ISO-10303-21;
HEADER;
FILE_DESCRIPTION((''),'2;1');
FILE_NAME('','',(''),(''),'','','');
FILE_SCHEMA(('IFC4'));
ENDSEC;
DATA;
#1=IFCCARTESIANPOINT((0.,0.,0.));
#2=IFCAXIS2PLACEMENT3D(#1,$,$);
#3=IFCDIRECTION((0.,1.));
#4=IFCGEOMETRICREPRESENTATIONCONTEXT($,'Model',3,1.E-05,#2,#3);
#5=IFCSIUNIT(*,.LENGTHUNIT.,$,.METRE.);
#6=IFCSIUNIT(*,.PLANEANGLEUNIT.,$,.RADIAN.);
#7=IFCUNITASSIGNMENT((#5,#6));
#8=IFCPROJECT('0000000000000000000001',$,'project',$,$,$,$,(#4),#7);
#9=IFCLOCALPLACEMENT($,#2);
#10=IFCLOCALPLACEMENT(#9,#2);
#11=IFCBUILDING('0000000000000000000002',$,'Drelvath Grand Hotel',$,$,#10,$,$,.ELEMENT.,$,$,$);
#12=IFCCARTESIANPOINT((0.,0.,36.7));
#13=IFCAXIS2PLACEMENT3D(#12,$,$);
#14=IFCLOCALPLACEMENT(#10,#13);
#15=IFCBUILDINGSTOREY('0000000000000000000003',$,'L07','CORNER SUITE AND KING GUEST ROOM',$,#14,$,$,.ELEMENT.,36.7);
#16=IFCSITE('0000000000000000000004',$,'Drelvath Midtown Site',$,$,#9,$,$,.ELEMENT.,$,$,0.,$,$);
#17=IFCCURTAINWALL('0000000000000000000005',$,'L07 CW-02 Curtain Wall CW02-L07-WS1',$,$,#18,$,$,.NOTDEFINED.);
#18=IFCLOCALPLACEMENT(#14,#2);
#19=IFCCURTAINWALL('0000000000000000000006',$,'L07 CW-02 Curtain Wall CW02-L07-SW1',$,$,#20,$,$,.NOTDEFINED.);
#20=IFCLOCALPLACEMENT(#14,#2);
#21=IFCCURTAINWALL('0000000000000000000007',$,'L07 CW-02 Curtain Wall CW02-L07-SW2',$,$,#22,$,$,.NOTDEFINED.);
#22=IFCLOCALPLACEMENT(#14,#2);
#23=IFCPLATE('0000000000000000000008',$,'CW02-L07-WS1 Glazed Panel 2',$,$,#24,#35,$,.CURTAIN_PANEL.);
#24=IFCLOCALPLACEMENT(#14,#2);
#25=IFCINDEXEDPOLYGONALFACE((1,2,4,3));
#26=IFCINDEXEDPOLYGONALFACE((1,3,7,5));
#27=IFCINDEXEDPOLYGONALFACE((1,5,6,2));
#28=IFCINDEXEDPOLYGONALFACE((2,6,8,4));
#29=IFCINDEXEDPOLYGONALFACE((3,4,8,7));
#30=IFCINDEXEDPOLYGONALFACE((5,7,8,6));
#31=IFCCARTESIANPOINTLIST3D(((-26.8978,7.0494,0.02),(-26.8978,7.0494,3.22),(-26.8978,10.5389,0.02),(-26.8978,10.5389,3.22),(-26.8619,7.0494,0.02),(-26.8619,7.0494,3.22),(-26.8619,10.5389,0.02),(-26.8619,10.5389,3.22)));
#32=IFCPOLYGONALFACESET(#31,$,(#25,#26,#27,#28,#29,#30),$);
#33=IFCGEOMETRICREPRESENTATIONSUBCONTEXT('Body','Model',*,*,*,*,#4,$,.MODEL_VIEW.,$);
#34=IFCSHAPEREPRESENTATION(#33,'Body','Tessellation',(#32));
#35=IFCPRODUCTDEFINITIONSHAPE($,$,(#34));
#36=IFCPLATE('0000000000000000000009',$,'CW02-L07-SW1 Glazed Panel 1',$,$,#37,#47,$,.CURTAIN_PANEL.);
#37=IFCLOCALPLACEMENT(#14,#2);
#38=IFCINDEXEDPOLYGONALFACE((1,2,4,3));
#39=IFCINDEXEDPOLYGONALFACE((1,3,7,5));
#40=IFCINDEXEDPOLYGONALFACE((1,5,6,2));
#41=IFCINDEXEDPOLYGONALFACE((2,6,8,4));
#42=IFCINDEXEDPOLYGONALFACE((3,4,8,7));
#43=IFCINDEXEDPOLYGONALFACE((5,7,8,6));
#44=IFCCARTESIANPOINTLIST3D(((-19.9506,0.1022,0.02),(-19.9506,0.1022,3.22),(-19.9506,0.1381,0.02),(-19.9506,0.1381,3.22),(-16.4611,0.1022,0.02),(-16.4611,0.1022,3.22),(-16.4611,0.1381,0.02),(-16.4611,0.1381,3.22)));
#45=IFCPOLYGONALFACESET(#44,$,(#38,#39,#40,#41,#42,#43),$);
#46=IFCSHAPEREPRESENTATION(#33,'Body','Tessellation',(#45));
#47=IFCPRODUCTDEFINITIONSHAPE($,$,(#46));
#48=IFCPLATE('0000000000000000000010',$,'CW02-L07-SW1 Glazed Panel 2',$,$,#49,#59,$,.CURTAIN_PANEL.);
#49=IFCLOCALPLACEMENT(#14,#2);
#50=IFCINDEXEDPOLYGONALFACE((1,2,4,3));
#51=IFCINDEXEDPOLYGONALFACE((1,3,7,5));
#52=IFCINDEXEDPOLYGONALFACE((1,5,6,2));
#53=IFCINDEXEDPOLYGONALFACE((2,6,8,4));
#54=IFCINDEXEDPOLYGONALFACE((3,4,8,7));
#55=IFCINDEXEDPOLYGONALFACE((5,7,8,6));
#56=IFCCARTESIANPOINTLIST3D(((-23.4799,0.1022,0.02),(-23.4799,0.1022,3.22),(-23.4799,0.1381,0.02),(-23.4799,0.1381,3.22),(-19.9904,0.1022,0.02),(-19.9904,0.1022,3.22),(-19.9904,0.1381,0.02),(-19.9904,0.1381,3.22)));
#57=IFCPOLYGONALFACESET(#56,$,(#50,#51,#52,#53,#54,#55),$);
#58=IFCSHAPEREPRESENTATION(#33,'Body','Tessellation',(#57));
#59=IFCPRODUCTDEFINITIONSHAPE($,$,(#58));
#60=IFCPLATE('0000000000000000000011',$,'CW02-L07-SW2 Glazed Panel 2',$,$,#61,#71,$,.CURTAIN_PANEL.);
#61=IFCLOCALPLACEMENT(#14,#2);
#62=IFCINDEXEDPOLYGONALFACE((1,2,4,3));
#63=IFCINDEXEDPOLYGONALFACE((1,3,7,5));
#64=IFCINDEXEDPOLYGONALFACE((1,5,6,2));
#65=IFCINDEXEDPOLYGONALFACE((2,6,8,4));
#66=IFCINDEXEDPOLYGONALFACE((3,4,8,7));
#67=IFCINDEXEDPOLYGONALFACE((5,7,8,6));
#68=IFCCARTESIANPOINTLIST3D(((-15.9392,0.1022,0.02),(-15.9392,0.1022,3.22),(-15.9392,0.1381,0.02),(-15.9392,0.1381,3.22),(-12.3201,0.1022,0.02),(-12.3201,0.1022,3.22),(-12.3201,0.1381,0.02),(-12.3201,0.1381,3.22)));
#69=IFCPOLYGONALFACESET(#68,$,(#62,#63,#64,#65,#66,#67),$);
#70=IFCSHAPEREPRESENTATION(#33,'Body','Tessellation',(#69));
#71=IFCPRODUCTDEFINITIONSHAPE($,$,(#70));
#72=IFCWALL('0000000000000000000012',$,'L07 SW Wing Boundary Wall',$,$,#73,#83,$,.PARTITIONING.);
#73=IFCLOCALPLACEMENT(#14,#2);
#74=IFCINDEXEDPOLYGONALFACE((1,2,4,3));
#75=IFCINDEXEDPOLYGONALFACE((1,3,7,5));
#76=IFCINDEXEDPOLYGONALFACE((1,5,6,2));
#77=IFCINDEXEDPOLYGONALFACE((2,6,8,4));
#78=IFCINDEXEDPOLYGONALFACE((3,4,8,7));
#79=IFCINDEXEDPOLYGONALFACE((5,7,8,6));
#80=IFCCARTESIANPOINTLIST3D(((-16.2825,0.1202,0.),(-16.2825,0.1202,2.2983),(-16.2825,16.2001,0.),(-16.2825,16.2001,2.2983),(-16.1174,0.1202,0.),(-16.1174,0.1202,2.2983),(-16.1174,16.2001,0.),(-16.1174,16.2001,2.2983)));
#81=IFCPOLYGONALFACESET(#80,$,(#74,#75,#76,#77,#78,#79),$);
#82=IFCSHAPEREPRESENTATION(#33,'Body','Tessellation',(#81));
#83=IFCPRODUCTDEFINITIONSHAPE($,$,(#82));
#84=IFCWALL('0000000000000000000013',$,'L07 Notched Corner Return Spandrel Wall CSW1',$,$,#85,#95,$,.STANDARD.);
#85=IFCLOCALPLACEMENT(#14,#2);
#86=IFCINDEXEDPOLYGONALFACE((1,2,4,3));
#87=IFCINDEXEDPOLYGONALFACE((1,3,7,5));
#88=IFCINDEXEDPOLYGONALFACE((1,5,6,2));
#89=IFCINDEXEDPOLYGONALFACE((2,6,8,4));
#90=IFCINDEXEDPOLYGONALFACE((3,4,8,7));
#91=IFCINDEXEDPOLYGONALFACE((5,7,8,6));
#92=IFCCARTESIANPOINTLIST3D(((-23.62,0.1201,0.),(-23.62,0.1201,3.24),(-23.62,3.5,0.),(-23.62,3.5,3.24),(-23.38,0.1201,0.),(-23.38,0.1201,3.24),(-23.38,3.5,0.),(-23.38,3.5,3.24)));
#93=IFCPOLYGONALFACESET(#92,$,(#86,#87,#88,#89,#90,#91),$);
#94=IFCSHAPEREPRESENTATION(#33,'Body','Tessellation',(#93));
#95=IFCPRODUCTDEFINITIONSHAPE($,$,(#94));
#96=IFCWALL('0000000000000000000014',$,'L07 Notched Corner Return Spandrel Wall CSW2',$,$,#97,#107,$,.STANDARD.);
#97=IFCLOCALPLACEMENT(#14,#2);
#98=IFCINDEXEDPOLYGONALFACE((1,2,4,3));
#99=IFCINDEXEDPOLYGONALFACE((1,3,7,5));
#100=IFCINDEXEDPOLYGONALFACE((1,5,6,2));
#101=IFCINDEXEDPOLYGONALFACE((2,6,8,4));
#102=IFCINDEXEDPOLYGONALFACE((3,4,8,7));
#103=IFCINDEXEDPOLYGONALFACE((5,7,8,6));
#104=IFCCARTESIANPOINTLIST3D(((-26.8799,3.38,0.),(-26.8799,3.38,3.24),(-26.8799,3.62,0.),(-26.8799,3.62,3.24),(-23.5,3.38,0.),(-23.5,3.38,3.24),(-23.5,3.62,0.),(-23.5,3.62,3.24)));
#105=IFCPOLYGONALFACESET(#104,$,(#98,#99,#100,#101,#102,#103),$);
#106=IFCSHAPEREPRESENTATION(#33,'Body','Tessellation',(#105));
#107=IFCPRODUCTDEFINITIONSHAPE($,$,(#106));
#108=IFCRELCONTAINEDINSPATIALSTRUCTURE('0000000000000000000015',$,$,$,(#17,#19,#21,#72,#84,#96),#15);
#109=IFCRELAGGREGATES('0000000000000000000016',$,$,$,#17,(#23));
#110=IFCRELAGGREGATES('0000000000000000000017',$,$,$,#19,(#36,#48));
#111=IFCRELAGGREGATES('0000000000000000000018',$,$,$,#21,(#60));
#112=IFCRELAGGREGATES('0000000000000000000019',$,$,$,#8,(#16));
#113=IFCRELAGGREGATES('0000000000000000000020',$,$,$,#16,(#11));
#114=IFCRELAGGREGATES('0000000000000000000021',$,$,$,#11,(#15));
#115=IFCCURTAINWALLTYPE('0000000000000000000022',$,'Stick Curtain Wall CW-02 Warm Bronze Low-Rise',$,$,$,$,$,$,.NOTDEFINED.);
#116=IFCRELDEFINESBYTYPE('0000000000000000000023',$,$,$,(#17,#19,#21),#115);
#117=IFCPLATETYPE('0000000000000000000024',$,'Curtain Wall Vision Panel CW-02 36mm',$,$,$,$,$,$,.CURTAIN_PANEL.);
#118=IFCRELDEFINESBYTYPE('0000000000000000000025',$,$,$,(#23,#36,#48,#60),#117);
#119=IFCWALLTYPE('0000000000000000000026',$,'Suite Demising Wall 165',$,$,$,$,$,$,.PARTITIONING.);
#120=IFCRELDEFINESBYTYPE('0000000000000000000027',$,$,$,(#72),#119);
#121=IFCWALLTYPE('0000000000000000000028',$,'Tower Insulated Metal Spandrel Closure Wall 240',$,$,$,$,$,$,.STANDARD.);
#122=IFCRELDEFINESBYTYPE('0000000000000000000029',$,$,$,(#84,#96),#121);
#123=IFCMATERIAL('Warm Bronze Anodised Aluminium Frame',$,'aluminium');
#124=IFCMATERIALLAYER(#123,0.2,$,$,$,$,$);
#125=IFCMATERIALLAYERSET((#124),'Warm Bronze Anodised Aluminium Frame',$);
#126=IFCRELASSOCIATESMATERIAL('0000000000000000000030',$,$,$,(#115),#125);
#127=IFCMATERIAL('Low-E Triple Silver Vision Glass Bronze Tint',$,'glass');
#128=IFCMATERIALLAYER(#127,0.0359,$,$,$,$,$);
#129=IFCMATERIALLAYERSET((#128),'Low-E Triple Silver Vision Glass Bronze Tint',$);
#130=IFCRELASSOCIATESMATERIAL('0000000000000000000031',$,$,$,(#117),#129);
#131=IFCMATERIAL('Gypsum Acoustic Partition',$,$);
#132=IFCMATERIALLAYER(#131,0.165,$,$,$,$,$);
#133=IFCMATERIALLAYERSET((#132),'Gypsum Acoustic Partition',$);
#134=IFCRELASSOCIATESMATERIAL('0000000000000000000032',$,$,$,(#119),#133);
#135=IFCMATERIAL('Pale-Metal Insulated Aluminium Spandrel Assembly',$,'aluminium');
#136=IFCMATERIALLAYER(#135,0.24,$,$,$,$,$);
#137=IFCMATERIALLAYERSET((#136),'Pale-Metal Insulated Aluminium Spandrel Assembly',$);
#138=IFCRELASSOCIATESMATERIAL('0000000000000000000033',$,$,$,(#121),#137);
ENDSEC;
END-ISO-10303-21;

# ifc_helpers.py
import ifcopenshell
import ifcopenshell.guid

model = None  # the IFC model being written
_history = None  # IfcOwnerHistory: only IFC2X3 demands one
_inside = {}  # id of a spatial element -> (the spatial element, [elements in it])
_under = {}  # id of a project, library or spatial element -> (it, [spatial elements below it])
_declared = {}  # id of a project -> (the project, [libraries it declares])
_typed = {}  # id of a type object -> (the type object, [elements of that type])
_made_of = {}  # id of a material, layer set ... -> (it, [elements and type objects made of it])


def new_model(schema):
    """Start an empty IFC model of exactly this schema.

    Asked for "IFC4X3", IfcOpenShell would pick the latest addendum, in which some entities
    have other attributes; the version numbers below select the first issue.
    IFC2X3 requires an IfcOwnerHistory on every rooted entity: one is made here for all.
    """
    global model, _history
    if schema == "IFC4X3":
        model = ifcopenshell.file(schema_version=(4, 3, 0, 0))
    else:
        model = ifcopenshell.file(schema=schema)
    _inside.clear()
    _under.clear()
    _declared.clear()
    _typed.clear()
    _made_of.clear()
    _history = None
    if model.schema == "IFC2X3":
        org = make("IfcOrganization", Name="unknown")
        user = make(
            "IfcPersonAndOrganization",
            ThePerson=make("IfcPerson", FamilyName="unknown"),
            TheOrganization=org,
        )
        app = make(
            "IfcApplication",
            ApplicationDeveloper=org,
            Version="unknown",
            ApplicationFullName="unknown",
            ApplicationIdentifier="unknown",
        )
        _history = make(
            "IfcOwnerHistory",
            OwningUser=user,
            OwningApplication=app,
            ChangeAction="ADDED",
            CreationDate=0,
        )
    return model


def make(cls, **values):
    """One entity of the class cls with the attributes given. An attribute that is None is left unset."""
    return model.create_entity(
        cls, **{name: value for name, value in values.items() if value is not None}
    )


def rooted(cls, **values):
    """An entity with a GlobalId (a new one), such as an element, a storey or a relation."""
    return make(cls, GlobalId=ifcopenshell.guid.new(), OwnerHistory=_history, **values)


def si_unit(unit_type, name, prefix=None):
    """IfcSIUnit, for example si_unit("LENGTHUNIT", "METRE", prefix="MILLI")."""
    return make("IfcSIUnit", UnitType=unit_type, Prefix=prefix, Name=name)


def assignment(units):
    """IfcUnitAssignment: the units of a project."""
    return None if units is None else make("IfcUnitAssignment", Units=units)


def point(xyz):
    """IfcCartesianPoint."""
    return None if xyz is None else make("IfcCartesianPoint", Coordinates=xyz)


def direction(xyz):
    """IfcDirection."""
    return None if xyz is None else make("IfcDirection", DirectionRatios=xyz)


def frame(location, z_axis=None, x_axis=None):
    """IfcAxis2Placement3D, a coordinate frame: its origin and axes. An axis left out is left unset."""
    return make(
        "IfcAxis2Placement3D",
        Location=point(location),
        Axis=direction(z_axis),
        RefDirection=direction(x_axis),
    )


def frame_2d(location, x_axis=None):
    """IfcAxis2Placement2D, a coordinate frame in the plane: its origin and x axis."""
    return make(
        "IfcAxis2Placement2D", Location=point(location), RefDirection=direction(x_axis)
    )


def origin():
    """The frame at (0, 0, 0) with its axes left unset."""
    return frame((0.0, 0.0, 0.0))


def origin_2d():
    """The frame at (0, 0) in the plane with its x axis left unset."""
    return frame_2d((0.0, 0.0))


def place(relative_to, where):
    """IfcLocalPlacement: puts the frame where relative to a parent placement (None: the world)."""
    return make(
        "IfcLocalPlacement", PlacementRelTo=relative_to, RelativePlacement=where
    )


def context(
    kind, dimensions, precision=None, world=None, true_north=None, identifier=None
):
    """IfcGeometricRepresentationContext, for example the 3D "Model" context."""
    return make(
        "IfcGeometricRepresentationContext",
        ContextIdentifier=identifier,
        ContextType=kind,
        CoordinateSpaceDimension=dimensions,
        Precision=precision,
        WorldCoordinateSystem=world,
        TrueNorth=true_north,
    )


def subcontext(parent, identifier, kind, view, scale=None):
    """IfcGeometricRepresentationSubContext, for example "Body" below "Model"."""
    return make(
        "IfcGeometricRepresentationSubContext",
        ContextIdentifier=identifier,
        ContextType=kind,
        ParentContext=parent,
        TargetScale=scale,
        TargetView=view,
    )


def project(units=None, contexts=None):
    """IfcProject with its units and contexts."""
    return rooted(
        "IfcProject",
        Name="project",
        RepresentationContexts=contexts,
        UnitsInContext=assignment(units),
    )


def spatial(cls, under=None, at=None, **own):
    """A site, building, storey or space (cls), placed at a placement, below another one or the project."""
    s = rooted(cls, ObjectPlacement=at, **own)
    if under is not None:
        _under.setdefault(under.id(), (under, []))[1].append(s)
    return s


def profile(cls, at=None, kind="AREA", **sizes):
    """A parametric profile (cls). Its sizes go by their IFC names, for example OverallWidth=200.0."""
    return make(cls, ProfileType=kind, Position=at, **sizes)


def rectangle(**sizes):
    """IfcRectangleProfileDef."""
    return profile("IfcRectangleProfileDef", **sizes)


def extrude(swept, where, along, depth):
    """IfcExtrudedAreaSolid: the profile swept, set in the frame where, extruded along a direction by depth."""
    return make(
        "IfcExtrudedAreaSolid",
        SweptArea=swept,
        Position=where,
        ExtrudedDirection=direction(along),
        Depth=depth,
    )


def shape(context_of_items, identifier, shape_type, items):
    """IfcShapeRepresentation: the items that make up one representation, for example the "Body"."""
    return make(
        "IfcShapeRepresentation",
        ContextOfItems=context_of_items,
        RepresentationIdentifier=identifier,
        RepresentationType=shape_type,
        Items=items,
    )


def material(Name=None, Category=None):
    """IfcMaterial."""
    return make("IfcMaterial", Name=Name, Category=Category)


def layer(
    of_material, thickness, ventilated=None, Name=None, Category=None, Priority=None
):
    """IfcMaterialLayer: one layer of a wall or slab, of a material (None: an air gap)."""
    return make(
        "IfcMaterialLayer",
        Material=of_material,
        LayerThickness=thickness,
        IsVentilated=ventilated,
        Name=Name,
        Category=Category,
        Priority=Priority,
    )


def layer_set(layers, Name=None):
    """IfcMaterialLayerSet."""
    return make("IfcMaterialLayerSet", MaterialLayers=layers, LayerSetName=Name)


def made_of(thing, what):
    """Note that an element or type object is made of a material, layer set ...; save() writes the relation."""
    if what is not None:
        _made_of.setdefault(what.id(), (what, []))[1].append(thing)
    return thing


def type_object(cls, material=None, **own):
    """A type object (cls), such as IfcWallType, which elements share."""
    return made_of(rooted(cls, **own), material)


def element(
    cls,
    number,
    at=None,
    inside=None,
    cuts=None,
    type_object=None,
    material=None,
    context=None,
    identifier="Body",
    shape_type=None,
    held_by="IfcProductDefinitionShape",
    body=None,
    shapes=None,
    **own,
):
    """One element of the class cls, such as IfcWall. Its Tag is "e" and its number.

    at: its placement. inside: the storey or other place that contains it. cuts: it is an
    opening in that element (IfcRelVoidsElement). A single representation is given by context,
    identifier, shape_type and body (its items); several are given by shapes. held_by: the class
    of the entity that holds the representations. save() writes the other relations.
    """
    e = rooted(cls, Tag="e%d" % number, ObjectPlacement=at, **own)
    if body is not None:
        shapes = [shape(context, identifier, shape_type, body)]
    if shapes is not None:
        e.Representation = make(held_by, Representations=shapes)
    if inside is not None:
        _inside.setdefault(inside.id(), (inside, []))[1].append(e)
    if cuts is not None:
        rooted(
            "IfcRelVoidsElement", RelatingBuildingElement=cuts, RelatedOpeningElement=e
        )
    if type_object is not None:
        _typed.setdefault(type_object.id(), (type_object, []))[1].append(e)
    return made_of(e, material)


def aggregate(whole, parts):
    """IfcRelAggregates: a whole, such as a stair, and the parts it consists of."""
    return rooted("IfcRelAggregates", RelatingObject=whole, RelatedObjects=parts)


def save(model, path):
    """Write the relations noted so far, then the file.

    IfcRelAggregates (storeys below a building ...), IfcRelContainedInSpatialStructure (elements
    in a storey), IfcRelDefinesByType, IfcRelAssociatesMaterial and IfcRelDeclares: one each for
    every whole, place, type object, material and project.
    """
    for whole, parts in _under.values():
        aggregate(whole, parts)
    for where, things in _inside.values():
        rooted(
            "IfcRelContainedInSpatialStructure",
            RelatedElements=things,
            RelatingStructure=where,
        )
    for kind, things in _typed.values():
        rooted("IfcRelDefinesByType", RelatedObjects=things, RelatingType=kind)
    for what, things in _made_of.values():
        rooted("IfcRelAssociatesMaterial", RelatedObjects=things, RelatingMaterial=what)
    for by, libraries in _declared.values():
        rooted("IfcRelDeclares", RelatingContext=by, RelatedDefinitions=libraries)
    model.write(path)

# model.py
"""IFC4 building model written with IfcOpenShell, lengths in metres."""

from ifc_helpers import new_model, si_unit, direction, frame, frame_2d, origin, origin_2d, place, context, subcontext, project, spatial, rectangle, extrude, material, layer, layer_set, type_object, element, aggregate, save


model = new_model("IFC4")

# Units and contexts
model_context = context("Model", 3, precision=1e-05, world=origin(), true_north=direction((0.0, 1.0)))
body_context = subcontext(model_context, "Body", "Model", "MODEL_VIEW")
ifc_project = project(units=[si_unit("LENGTHUNIT", "METRE"), si_unit("PLANEANGLEUNIT", "RADIAN")], contexts=[model_context])

# Site, building, storey
site_placement = place(None, origin())
site = spatial("IfcSite", under=ifc_project, at=site_placement, Name="Drelvath Midtown Site", CompositionType="ELEMENT", RefElevation=0.0)
building_placement = place(site_placement, origin())
building = spatial("IfcBuilding", under=site, at=building_placement, Name="Drelvath Grand Hotel", CompositionType="ELEMENT")
storey_placement = place(building_placement, frame((0.0, 0.0, 36.7)))
storey = spatial("IfcBuildingStorey", under=building, at=storey_placement, Name="L07", Description="CORNER SUITE AND KING GUEST ROOM", CompositionType="ELEMENT", Elevation=36.7)

# Curtain walls
ifc_material_1 = material(Name="Warm Bronze Anodised Aluminium Frame", Category="aluminium")
ifc_layer_1 = layer(ifc_material_1, 0.2)
ifc_layer_set_1 = layer_set([ifc_layer_1], Name="Warm Bronze Anodised Aluminium Frame")
curtain_wall_type = type_object("IfcCurtainWallType", Name="Stick Curtain Wall CW-02 Warm Bronze Low-Rise", PredefinedType="NOTDEFINED", material=ifc_layer_set_1)
curtain_wall_1_placement = place(storey_placement, origin())
curtain_wall_1 = element("IfcCurtainWall", 1, at=curtain_wall_1_placement, inside=storey, type_object=curtain_wall_type, Name="L07 CW-02 Curtain Wall CW02-L07-WS1", PredefinedType="NOTDEFINED")
curtain_wall_2_placement = place(storey_placement, origin())
curtain_wall_2 = element("IfcCurtainWall", 2, at=curtain_wall_2_placement, inside=storey, type_object=curtain_wall_type, Name="L07 CW-02 Curtain Wall CW02-L07-SW1", PredefinedType="NOTDEFINED")

# Curtain wall
curtain_wall_3_placement = place(storey_placement, origin())
curtain_wall_3 = element("IfcCurtainWall", 3, at=curtain_wall_3_placement, inside=storey, type_object=curtain_wall_type, Name="L07 CW-02 Curtain Wall CW02-L07-SW2", PredefinedType="NOTDEFINED")

# Plates
ifc_material_2 = material(Name="Low-E Triple Silver Vision Glass Bronze Tint", Category="glass")
ifc_layer_2 = layer(ifc_material_2, 0.0359)
ifc_layer_set_2 = layer_set([ifc_layer_2], Name="Low-E Triple Silver Vision Glass Bronze Tint")
plate_type = type_object("IfcPlateType", Name="Curtain Wall Vision Panel CW-02 36mm", PredefinedType="CURTAIN_PANEL", material=ifc_layer_set_2)
plate_1_placement = place(storey_placement, frame((-26.8799, 8.7942, 0.02), z_axis=(0.0, 0.0, 1.0), x_axis=(0.0, 1.0, 0.0)))
plate_1 = element("IfcPlate", 4, at=plate_1_placement, type_object=plate_type, Name="CW02-L07-WS1 Glazed Panel 2", PredefinedType="CURTAIN_PANEL", context=body_context, shape_type="SweptSolid", body=[
    extrude(rectangle(XDim=3.4895, YDim=0.0359, at=origin_2d()), origin(), (0.0, 0.0, 1.0), 3.2),
])
aggregate(curtain_wall_1, [plate_1])
plate_2_placement = place(storey_placement, frame((-18.2058, 0.1201, 0.02), z_axis=(0.0, 0.0, 1.0), x_axis=(-1.0, 0.0, 0.0)))
plate_2 = element("IfcPlate", 5, at=plate_2_placement, type_object=plate_type, Name="CW02-L07-SW1 Glazed Panel 1", PredefinedType="CURTAIN_PANEL", context=body_context, shape_type="SweptSolid", body=[
    extrude(rectangle(XDim=3.4895, YDim=0.0359, at=origin_2d()), origin(), (0.0, 0.0, 1.0), 3.2),
])
plate_3_placement = place(storey_placement, frame((-21.7351, 0.1201, 0.02), z_axis=(0.0, 0.0, 1.0), x_axis=(-1.0, 0.0, 0.0)))
plate_3 = element("IfcPlate", 6, at=plate_3_placement, type_object=plate_type, Name="CW02-L07-SW1 Glazed Panel 2", PredefinedType="CURTAIN_PANEL", context=body_context, shape_type="SweptSolid", body=[
    extrude(rectangle(XDim=3.4895, YDim=0.0359, at=origin_2d()), origin(), (0.0, 0.0, 1.0), 3.2),
])
aggregate(curtain_wall_2, [plate_2, plate_3])
plate_4_placement = place(storey_placement, frame((-14.1296, 0.1201, 0.02), z_axis=(0.0, 0.0, 1.0), x_axis=(-1.0, 0.0, 0.0)))
plate_4 = element("IfcPlate", 7, at=plate_4_placement, type_object=plate_type, Name="CW02-L07-SW2 Glazed Panel 2", PredefinedType="CURTAIN_PANEL", context=body_context, shape_type="SweptSolid", body=[
    extrude(rectangle(XDim=3.6191, YDim=0.0359, at=origin_2d()), origin(), (0.0, 0.0, 1.0), 3.2),
])
aggregate(curtain_wall_3, [plate_4])

# Walls
ifc_material_3 = material(Name="Gypsum Acoustic Partition")
ifc_layer_3 = layer(ifc_material_3, 0.165)
ifc_layer_set_3 = layer_set([ifc_layer_3], Name="Gypsum Acoustic Partition")
wall_type_1 = type_object("IfcWallType", Name="Suite Demising Wall 165", PredefinedType="PARTITIONING", material=ifc_layer_set_3)
wall_placement = place(storey_placement, frame((-16.2, 0.1201, 0.0), z_axis=(0.0, 0.0, 1.0), x_axis=(0.0, 1.0, 0.0)))
element("IfcWall", 8, at=wall_placement, inside=storey, type_object=wall_type_1, Name="L07 SW Wing Boundary Wall", PredefinedType="PARTITIONING", context=body_context, shape_type="SweptSolid", body=[
    extrude(rectangle(XDim=16.0798, YDim=0.165, at=frame_2d((8.04, 0.0))), origin(), (0.0, 0.0, 1.0), 2.2983),
])
ifc_material_4 = material(Name="Pale-Metal Insulated Aluminium Spandrel Assembly", Category="aluminium")
ifc_layer_4 = layer(ifc_material_4, 0.24)
ifc_layer_set_4 = layer_set([ifc_layer_4], Name="Pale-Metal Insulated Aluminium Spandrel Assembly")
wall_type_2 = type_object("IfcWallType", Name="Tower Insulated Metal Spandrel Closure Wall 240", PredefinedType="STANDARD", material=ifc_layer_set_4)
for number, where, z_axis, x_axis, name in (
    (9, (-23.5, 0.1201, 0.0), (0.0, 0.0, 1.0), (0.0, 1.0, 0.0), "L07 Notched Corner Return Spandrel Wall CSW1"),
    (10, (-23.5, 3.5, 0.0), (0.0, 0.0, 1.0), (-1.0, 0.0, 0.0), "L07 Notched Corner Return Spandrel Wall CSW2"),
):
    element("IfcWall", number, at=place(storey_placement, frame(where, z_axis=z_axis, x_axis=x_axis)), inside=storey, type_object=wall_type_2, Name=name, PredefinedType="STANDARD", context=body_context, shape_type="SweptSolid", body=[
        extrude(rectangle(XDim=3.3799, YDim=0.24, at=frame_2d((1.6899, 0.0))), origin(), (0.0, 0.0, 1.0), 3.24),
    ])

save(model, "model.ifc")
